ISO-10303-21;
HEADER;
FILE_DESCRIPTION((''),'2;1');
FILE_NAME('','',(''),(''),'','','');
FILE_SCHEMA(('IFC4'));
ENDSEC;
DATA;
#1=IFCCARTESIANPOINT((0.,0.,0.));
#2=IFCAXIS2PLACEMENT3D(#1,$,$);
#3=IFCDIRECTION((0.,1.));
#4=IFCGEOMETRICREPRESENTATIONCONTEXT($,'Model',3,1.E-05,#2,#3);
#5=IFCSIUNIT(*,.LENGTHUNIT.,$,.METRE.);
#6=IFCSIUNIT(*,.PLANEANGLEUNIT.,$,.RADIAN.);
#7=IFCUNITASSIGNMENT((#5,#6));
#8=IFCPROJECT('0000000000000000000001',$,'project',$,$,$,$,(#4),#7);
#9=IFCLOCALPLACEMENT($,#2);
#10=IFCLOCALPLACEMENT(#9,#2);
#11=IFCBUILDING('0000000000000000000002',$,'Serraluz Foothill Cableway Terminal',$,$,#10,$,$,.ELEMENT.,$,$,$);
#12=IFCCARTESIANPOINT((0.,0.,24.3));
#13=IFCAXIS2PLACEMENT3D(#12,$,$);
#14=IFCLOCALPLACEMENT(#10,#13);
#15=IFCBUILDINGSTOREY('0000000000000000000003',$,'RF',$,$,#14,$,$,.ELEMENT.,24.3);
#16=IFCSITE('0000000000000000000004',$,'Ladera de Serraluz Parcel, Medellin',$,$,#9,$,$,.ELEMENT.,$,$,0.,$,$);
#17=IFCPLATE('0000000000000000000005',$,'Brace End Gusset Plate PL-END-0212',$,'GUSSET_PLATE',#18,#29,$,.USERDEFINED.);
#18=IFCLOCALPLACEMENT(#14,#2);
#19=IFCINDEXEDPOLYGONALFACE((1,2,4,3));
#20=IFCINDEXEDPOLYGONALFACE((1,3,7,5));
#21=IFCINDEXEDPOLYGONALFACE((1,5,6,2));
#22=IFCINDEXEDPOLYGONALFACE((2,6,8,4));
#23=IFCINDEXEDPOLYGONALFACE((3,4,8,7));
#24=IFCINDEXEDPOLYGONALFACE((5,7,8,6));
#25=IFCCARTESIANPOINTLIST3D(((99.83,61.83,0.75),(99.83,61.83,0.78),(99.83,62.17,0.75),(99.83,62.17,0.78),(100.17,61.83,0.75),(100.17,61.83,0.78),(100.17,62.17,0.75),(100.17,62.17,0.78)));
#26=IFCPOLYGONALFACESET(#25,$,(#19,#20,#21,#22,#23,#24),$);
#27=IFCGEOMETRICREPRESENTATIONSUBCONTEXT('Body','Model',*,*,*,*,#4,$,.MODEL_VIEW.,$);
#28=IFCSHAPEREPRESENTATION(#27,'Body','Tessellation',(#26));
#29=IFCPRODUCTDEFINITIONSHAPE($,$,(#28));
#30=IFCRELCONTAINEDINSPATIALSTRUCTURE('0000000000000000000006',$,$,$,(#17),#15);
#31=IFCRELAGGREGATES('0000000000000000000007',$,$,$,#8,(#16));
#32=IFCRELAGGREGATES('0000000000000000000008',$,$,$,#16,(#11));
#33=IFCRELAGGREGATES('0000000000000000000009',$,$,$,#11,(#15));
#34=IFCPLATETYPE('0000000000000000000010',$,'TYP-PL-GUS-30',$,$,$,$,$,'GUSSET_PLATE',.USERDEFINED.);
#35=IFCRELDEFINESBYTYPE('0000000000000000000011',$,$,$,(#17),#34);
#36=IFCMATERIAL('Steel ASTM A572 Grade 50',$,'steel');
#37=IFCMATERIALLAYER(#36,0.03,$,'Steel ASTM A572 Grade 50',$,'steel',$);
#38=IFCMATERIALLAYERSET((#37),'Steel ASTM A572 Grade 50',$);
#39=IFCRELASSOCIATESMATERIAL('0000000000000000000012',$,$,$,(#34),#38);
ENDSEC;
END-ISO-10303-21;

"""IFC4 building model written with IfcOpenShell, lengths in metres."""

from ifc_helpers import new_model, si_unit, direction, frame, origin, origin_2d, place, context, subcontext, project, spatial, rectangle, extrude, material, layer, layer_set, type_object, element, save


model = new_model("IFC4")

# Units and contexts
model_context = context("Model", 3, precision=1e-05, world=origin(), true_north=direction((0.0, 1.0)))
body_context = subcontext(model_context, "Body", "Model", "MODEL_VIEW")
ifc_project = project(units=[si_unit("LENGTHUNIT", "METRE"), si_unit("PLANEANGLEUNIT", "RADIAN")], contexts=[model_context])

# Site, building, storey
site_placement = place(None, origin())
site = spatial("IfcSite", under=ifc_project, at=site_placement, Name="Ladera de Serraluz Parcel, Medellin", CompositionType="ELEMENT", RefElevation=0.0)
building_placement = place(site_placement, origin())
building = spatial("IfcBuilding", under=site, at=building_placement, Name="Serraluz Foothill Cableway Terminal", CompositionType="ELEMENT")
storey_placement = place(building_placement, frame((0.0, 0.0, 24.3)))
storey = spatial("IfcBuildingStorey", under=building, at=storey_placement, Name="RF", CompositionType="ELEMENT", Elevation=24.3)

# Shared definitions
ifc_material_1 = material(Name="Steel ASTM A572 Grade 50", Category="steel")

# Plate
ifc_layer_1 = layer(ifc_material_1, 0.03, Name="Steel ASTM A572 Grade 50", Category="steel")
ifc_layer_set_1 = layer_set([ifc_layer_1], Name="Steel ASTM A572 Grade 50")
plate_type_1 = type_object("IfcPlateType", Name="TYP-PL-GUS-30", ElementType="GUSSET_PLATE", PredefinedType="USERDEFINED", material=ifc_layer_set_1)
for number, where, z_axis, x_axis, name in (
    (1, (100.0, 62.0, 0.75), (0.0, 0.0, 1.0), (1.0, 0.0, 0.0), "Brace End Gusset Plate PL-END-0212"),
):
    element("IfcPlate", number, at=place(storey_placement, frame(where, z_axis=z_axis, x_axis=x_axis)), inside=storey, type_object=plate_type_1, Name=name, ObjectType="GUSSET_PLATE", PredefinedType="USERDEFINED", context=body_context, shape_type="SweptSolid", body=[
        extrude(rectangle(XDim=0.3401, YDim=0.3401, at=origin_2d()), origin(), (0.0, 0.0, 1.0), 0.03),
    ])

save(model, "model.ifc")
